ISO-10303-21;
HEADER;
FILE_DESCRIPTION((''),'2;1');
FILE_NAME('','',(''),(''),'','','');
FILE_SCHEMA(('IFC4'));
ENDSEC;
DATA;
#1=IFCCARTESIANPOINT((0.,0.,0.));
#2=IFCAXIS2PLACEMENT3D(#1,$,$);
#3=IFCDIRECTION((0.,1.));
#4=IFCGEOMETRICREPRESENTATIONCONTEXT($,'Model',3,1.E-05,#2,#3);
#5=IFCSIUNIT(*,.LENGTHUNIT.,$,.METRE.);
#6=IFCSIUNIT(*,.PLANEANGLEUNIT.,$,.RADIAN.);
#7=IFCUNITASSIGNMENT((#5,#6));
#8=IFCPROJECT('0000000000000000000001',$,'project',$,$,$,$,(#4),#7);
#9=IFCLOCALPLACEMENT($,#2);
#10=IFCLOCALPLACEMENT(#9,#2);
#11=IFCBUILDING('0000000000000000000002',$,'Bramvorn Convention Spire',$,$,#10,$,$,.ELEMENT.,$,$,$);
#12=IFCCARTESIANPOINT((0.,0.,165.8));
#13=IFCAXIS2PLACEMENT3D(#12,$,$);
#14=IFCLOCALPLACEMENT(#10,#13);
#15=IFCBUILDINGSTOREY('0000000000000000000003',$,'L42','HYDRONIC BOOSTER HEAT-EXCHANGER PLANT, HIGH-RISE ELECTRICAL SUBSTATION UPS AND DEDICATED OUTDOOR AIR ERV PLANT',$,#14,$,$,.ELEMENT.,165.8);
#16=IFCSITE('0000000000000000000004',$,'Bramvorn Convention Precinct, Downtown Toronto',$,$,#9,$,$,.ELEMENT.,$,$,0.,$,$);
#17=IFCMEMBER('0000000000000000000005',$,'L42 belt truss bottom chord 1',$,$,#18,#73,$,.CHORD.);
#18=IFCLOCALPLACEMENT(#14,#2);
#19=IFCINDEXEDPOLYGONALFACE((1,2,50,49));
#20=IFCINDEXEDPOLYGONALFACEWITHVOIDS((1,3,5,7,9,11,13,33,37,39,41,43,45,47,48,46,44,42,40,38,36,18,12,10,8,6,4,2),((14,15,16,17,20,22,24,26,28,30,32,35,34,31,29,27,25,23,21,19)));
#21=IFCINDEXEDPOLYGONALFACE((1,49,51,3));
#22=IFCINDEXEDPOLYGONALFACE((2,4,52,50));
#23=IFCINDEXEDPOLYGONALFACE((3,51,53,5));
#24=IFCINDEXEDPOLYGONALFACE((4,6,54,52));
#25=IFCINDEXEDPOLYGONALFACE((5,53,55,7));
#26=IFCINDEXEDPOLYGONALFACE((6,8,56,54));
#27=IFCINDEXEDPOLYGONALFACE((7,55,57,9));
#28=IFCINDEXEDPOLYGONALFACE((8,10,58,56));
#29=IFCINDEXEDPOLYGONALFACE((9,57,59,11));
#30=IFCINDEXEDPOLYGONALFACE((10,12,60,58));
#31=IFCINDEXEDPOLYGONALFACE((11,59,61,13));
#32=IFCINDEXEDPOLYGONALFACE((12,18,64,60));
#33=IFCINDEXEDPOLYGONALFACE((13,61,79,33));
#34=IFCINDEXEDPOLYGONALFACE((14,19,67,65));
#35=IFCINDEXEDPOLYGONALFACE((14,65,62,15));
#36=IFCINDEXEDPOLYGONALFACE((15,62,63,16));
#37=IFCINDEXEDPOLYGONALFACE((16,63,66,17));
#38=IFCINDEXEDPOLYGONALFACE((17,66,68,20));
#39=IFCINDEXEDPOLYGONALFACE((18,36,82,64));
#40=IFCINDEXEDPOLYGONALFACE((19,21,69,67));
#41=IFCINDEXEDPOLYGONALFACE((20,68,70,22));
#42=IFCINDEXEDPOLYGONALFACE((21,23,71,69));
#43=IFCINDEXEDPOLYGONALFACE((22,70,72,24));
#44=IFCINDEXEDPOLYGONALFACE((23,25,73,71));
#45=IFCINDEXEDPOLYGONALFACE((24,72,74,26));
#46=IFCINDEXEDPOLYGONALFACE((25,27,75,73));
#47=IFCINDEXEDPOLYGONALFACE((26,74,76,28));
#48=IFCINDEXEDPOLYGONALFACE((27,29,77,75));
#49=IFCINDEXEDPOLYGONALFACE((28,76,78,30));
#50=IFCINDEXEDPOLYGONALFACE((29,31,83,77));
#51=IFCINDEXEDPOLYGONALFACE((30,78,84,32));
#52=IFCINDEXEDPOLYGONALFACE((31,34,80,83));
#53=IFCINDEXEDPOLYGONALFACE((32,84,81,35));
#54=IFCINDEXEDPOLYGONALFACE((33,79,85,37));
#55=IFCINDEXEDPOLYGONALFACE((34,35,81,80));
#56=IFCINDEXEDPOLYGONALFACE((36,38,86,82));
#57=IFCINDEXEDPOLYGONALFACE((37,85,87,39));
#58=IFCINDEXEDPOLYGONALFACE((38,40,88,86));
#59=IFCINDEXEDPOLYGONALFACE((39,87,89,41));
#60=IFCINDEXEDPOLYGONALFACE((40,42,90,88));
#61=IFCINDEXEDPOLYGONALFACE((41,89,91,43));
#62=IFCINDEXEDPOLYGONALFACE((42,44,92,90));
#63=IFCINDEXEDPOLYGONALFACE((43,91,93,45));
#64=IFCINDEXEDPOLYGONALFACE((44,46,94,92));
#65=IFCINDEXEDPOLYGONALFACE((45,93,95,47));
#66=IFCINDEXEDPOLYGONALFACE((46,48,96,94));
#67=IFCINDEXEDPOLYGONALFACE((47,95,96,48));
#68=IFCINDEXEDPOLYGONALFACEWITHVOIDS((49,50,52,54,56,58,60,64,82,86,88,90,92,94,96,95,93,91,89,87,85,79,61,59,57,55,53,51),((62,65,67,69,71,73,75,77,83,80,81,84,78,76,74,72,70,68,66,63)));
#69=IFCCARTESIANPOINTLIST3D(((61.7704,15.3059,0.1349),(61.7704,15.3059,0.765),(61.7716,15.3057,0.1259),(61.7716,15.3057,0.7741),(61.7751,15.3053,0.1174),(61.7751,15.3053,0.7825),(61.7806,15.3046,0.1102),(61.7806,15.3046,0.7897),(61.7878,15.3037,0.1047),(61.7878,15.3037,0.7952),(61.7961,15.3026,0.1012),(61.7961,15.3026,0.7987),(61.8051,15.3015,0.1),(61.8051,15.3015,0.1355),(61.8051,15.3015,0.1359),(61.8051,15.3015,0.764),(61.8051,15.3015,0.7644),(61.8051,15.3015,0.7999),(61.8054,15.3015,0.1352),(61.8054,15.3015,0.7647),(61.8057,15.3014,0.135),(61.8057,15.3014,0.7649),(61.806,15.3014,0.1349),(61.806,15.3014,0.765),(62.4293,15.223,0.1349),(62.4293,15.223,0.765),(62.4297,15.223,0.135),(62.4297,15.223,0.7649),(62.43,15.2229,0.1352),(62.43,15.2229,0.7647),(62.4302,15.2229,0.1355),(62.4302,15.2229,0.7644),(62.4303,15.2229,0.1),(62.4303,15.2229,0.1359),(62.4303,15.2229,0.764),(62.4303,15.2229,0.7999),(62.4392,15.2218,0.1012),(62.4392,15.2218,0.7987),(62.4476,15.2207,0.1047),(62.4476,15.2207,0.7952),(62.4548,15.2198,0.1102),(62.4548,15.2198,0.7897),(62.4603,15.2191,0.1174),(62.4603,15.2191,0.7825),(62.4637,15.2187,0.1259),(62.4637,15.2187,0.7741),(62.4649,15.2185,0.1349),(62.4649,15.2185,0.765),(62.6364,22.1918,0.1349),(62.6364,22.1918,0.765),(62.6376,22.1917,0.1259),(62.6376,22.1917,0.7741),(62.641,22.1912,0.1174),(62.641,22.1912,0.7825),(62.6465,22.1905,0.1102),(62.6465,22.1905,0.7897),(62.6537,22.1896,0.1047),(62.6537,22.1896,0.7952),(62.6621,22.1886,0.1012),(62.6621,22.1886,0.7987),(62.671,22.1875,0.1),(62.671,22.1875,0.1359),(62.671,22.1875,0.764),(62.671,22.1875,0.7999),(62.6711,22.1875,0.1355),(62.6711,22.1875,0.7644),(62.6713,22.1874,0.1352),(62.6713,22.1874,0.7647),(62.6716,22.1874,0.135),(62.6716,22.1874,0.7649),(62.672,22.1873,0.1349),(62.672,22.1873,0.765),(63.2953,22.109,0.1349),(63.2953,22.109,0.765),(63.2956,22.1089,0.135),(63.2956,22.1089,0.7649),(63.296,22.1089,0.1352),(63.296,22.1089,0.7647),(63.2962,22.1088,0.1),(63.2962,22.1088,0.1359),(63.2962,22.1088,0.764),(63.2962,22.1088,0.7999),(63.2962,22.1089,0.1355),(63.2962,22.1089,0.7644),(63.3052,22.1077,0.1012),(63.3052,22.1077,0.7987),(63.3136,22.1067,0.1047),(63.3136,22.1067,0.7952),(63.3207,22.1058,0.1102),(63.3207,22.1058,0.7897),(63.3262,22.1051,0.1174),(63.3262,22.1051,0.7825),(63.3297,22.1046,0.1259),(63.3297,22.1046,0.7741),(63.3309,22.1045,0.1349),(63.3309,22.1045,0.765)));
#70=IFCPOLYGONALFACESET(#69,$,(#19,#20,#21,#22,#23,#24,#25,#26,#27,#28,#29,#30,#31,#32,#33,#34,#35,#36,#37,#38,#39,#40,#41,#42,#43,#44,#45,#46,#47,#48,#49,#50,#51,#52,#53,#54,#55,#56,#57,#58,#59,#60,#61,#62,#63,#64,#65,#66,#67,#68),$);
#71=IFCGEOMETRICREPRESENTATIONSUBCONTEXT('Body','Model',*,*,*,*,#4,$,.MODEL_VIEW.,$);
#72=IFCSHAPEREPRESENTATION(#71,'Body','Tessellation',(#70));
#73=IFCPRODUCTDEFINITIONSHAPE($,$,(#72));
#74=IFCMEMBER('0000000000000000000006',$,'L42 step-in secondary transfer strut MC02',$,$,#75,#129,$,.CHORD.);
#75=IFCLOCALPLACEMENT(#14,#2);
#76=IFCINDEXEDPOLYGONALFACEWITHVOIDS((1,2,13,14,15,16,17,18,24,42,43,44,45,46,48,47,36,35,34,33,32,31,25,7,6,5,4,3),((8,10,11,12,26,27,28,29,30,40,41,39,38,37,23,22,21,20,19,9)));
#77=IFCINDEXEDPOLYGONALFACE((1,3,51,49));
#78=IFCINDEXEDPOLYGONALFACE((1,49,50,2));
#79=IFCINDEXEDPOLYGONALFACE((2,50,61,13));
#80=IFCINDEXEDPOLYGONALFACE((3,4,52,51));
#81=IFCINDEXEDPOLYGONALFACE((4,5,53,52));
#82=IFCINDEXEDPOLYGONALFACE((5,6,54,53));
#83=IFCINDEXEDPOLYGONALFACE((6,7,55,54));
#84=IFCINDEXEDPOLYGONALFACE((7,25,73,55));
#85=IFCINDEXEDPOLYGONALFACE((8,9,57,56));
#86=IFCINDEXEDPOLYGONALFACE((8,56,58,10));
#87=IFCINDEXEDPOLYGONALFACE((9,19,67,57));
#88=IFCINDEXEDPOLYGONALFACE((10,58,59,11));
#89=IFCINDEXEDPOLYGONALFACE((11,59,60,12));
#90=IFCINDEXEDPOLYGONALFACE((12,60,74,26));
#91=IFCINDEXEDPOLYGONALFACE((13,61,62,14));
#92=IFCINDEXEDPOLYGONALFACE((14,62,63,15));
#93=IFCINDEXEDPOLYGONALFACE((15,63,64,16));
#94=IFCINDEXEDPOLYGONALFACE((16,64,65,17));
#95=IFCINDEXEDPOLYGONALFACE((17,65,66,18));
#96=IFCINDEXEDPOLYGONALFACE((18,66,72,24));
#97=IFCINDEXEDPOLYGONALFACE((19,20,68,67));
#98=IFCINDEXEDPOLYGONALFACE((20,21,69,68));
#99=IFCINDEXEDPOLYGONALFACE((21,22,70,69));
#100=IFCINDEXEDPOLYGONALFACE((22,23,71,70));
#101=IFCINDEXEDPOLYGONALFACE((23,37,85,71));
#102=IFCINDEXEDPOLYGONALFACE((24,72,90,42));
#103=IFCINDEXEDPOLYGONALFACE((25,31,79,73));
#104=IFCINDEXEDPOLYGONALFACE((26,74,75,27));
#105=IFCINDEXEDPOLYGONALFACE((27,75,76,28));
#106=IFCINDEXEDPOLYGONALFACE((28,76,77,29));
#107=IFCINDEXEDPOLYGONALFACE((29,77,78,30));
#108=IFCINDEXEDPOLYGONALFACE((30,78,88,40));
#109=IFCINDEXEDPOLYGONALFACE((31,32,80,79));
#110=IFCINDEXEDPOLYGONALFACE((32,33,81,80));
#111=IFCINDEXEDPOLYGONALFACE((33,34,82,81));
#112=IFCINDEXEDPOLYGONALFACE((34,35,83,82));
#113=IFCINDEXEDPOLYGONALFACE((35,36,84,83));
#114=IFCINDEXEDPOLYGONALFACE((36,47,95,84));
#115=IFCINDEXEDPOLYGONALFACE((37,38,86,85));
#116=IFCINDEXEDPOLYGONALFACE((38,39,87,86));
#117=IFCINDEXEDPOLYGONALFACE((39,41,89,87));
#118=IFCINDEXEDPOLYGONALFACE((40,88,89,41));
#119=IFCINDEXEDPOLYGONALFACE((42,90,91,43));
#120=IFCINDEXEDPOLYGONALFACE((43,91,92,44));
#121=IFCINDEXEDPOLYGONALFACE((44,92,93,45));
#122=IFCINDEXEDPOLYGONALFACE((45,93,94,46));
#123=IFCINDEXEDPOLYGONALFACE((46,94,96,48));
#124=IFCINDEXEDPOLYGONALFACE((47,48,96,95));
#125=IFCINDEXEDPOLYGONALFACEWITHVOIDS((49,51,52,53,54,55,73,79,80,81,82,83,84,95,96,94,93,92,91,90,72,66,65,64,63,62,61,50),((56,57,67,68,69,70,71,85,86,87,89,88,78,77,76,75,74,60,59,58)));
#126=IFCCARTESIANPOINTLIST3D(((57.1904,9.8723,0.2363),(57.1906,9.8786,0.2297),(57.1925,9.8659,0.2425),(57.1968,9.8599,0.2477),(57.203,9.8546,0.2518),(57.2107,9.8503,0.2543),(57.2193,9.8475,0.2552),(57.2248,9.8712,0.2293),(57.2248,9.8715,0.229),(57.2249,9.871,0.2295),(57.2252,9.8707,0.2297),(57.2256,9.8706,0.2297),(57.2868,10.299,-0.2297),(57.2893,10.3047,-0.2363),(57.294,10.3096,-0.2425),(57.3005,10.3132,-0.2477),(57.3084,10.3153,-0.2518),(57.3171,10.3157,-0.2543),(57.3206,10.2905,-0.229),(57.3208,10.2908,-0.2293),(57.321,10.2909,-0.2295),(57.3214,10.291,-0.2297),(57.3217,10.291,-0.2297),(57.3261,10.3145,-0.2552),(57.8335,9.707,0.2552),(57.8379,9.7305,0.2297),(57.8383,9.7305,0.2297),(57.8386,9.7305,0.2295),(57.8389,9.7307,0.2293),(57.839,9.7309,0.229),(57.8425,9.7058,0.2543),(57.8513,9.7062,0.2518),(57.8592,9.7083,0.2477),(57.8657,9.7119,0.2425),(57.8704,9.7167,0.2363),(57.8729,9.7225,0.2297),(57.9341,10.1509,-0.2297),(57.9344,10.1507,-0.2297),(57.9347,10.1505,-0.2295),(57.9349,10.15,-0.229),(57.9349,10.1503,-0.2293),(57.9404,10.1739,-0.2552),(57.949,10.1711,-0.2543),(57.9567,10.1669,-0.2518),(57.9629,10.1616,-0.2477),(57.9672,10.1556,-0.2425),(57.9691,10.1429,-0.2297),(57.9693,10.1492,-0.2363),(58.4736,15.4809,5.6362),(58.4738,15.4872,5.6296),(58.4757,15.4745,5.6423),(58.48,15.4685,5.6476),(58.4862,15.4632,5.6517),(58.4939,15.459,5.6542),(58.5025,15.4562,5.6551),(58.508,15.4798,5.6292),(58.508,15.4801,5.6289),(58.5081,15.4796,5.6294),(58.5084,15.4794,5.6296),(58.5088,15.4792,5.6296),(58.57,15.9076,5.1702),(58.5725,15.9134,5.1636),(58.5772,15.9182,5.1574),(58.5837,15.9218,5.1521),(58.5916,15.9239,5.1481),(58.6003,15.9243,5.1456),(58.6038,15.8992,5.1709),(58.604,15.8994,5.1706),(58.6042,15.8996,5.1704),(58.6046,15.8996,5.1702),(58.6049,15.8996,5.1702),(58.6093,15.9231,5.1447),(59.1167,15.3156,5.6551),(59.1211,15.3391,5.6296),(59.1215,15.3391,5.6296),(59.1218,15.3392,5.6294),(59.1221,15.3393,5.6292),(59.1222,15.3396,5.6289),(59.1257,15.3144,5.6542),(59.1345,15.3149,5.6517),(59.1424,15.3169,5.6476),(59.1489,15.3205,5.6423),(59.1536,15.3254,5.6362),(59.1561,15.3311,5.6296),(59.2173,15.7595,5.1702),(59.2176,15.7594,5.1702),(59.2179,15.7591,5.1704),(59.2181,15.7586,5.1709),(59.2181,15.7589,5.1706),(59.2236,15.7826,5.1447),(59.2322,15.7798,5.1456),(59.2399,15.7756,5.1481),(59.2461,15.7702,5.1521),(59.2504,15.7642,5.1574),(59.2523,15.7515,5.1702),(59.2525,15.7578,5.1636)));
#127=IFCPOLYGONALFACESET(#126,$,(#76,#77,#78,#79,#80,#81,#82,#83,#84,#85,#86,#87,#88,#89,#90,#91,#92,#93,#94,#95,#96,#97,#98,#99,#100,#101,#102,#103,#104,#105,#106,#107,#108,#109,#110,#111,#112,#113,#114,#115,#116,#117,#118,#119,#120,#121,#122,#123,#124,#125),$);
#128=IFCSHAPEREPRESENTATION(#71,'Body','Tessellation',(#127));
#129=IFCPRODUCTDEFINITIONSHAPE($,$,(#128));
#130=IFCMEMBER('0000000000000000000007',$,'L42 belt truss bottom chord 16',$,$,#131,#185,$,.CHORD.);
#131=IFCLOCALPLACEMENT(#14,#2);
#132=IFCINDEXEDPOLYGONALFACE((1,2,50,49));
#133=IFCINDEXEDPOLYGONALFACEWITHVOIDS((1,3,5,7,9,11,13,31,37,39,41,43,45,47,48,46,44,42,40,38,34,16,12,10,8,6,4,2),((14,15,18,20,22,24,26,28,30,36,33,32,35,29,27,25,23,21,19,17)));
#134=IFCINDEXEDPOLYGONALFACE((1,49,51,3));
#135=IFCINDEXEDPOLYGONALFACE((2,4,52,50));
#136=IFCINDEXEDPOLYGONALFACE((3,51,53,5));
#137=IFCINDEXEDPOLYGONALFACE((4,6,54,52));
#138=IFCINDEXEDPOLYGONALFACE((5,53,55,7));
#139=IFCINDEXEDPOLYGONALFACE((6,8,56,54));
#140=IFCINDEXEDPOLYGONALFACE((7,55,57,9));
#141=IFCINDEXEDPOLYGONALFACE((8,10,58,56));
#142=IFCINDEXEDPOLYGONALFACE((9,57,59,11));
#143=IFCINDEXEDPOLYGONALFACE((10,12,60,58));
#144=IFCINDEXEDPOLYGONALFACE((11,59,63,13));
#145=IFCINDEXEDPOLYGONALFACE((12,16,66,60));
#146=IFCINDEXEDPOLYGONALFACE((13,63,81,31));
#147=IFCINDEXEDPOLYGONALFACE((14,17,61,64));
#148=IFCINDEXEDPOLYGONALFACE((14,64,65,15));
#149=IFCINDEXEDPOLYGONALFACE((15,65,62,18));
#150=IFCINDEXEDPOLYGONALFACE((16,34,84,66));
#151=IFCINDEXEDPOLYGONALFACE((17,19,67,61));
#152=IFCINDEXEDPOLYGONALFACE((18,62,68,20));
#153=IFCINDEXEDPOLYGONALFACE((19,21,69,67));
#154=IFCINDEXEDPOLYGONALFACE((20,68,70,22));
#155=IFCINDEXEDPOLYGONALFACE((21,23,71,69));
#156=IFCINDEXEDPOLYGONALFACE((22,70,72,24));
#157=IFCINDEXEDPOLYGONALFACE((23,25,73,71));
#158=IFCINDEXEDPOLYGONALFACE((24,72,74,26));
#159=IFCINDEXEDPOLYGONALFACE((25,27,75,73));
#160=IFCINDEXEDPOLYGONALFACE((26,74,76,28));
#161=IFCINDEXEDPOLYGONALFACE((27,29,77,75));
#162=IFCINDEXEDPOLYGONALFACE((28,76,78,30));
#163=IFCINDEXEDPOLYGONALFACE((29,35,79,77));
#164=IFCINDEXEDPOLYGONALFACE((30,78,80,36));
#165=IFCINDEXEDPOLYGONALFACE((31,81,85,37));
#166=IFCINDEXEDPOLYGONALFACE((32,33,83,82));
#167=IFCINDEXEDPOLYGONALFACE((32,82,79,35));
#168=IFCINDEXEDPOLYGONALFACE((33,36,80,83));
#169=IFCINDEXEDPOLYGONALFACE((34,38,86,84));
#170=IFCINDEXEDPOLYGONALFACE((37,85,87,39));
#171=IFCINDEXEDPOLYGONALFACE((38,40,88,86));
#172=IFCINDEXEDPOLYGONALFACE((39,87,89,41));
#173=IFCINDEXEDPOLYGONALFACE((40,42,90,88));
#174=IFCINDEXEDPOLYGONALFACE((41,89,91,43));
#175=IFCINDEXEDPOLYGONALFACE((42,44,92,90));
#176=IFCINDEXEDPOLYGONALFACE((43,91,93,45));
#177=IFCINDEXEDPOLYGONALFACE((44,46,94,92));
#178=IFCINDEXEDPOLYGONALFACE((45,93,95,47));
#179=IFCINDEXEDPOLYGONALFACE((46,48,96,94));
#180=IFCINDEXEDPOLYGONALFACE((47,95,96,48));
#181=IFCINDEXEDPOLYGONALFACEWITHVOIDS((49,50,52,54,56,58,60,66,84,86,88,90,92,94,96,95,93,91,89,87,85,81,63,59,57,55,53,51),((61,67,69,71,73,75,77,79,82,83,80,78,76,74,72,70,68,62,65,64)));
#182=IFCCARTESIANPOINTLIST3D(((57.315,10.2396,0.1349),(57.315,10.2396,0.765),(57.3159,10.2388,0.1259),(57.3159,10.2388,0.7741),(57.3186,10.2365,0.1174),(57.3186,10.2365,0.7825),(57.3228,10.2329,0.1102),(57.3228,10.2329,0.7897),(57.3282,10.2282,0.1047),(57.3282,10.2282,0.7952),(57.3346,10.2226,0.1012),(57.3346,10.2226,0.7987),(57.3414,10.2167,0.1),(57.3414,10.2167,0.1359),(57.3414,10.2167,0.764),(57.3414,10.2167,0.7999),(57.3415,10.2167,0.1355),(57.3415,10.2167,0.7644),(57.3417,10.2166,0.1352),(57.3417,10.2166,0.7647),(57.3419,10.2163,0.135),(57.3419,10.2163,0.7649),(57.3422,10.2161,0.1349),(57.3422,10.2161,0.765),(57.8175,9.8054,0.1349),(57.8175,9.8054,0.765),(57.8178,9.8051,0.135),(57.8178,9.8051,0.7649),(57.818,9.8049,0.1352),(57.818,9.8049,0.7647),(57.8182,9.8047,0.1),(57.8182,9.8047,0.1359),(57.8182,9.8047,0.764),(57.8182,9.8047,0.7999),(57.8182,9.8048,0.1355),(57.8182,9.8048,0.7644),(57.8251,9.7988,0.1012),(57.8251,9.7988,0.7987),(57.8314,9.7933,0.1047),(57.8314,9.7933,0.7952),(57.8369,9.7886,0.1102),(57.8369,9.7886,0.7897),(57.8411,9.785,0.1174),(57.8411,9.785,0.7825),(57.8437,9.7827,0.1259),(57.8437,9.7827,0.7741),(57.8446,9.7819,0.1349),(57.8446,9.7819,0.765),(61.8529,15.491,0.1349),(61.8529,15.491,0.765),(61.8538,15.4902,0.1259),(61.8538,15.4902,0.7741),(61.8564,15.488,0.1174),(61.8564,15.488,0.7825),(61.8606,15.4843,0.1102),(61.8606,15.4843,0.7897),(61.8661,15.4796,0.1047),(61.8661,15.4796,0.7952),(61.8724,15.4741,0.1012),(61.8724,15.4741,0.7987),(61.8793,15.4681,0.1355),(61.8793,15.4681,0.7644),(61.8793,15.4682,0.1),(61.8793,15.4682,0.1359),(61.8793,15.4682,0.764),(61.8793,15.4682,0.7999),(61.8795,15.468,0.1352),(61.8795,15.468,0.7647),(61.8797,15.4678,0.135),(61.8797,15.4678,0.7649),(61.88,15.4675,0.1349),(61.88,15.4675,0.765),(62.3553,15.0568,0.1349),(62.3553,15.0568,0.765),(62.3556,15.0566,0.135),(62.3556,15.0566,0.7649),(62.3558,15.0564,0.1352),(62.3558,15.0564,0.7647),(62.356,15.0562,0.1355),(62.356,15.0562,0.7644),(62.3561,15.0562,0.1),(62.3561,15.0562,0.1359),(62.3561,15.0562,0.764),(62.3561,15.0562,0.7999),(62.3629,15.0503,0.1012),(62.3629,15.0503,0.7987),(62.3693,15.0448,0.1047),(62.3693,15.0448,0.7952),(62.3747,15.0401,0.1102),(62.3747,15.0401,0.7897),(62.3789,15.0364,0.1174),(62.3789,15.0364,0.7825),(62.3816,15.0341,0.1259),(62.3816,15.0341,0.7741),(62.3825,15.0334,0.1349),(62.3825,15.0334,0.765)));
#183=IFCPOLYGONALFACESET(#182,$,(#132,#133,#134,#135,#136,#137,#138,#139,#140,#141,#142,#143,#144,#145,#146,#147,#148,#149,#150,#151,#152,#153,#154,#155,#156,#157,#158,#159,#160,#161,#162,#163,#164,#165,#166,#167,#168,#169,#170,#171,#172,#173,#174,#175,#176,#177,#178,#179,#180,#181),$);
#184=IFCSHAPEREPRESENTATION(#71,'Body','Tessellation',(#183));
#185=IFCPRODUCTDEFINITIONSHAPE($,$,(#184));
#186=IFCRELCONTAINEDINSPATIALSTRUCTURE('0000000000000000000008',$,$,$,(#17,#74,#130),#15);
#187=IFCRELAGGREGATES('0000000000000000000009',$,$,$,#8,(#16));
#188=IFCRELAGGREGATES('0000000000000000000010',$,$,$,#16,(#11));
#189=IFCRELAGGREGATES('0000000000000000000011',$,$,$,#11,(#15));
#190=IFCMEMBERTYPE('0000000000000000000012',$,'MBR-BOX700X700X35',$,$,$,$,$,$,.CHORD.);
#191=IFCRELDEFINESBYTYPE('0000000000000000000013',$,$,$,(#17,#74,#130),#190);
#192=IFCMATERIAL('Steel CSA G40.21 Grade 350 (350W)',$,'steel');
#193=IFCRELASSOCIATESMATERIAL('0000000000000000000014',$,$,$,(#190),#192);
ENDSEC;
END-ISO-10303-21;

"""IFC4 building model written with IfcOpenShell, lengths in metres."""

from ifc_helpers import new_model, si_unit, direction, frame, origin, origin_2d, place, context, subcontext, project, spatial, hollow_rectangle, extrude, material, material_profile, profile_set, type_object, element, save


model = new_model("IFC4")

# Units and contexts
model_context = context("Model", 3, precision=1e-05, world=origin(), true_north=direction((0.0, 1.0)))
body_context = subcontext(model_context, "Body", "Model", "MODEL_VIEW")
ifc_project = project(units=[si_unit("LENGTHUNIT", "METRE"), si_unit("PLANEANGLEUNIT", "RADIAN")], contexts=[model_context])

# Site, building, storey
site_placement = place(None, origin())
site = spatial("IfcSite", under=ifc_project, at=site_placement, Name="Bramvorn Convention Precinct, Downtown Toronto", CompositionType="ELEMENT", RefElevation=0.0)
building_placement = place(site_placement, origin())
building = spatial("IfcBuilding", under=site, at=building_placement, Name="Bramvorn Convention Spire", CompositionType="ELEMENT")
storey_placement = place(building_placement, frame((0.0, 0.0, 165.8)))
storey = spatial("IfcBuildingStorey", under=building, at=storey_placement, Name="L42", Description="HYDRONIC BOOSTER HEAT-EXCHANGER PLANT, HIGH-RISE ELECTRICAL SUBSTATION UPS AND DEDICATED OUTDOOR AIR ERV PLANT", CompositionType="ELEMENT", Elevation=165.8)

# Shared definitions
ifc_material_1 = material(Name="Steel CSA G40.21 Grade 350 (350W)", Category="steel")

# Members
ifc_material_profile_1 = material_profile(ifc_material_1, hollow_rectangle(XDim=0.7, YDim=0.7, WallThickness=0.0349, InnerFilletRadius=0.001, OuterFilletRadius=0.0349, at=origin_2d()))
ifc_profile_set_1 = profile_set([ifc_material_profile_1], Name="Steel CSA G40.21 Grade 350 (350W) - BOX700X700X35")
member_type_1 = type_object("IfcMemberType", Name="MBR-BOX700X700X35", PredefinedType="CHORD", material=ifc_profile_set_1)
member_1_placement = place(storey_placement, frame((62.1177, 15.2622, 0.45), z_axis=(0.124775, 0.992185, 0.0), x_axis=(-0.992185, 0.124775, 0.0)))
element("IfcMember", 1, at=member_1_placement, inside=storey, type_object=member_type_1, Name="L42 belt truss bottom chord 1", PredefinedType="CHORD", context=body_context, shape_type="SweptSolid", body=[
    extrude(hollow_rectangle(XDim=0.7, YDim=0.7, WallThickness=0.0349, InnerFilletRadius=0.001, OuterFilletRadius=0.0349, at=origin_2d()), origin(), (0.0, 0.0, 1.0), 6.9402),
])
member_2_placement = place(storey_placement, frame((57.5798, 10.0107, 0.0), z_axis=(0.162623, 0.710796, 0.684342), x_axis=(-0.974812, 0.223028, 0.0)))
element("IfcMember", 2, at=member_2_placement, inside=storey, type_object=member_type_1, Name="L42 step-in secondary transfer strut MC02", PredefinedType="CHORD", context=body_context, shape_type="SweptSolid", body=[
    extrude(hollow_rectangle(XDim=0.7, YDim=0.7, WallThickness=0.0349, InnerFilletRadius=0.001, OuterFilletRadius=0.0349, at=origin_2d()), origin(), (0.0, 0.0, 1.0), 7.8906),
])
member_3_placement = place(storey_placement, frame((57.5798, 10.0107, 0.45), z_axis=(0.653825, 0.756646, 0.0), x_axis=(-0.756646, 0.653825, 0.0)))
element("IfcMember", 3, at=member_3_placement, inside=storey, type_object=member_type_1, Name="L42 belt truss bottom chord 16", PredefinedType="CHORD", context=body_context, shape_type="SweptSolid", body=[
    extrude(hollow_rectangle(XDim=0.7, YDim=0.7, WallThickness=0.0349, InnerFilletRadius=0.001, OuterFilletRadius=0.0349, at=origin_2d()), origin(), (0.0, 0.0, 1.0), 6.9404),
])

save(model, "model.ifc")
